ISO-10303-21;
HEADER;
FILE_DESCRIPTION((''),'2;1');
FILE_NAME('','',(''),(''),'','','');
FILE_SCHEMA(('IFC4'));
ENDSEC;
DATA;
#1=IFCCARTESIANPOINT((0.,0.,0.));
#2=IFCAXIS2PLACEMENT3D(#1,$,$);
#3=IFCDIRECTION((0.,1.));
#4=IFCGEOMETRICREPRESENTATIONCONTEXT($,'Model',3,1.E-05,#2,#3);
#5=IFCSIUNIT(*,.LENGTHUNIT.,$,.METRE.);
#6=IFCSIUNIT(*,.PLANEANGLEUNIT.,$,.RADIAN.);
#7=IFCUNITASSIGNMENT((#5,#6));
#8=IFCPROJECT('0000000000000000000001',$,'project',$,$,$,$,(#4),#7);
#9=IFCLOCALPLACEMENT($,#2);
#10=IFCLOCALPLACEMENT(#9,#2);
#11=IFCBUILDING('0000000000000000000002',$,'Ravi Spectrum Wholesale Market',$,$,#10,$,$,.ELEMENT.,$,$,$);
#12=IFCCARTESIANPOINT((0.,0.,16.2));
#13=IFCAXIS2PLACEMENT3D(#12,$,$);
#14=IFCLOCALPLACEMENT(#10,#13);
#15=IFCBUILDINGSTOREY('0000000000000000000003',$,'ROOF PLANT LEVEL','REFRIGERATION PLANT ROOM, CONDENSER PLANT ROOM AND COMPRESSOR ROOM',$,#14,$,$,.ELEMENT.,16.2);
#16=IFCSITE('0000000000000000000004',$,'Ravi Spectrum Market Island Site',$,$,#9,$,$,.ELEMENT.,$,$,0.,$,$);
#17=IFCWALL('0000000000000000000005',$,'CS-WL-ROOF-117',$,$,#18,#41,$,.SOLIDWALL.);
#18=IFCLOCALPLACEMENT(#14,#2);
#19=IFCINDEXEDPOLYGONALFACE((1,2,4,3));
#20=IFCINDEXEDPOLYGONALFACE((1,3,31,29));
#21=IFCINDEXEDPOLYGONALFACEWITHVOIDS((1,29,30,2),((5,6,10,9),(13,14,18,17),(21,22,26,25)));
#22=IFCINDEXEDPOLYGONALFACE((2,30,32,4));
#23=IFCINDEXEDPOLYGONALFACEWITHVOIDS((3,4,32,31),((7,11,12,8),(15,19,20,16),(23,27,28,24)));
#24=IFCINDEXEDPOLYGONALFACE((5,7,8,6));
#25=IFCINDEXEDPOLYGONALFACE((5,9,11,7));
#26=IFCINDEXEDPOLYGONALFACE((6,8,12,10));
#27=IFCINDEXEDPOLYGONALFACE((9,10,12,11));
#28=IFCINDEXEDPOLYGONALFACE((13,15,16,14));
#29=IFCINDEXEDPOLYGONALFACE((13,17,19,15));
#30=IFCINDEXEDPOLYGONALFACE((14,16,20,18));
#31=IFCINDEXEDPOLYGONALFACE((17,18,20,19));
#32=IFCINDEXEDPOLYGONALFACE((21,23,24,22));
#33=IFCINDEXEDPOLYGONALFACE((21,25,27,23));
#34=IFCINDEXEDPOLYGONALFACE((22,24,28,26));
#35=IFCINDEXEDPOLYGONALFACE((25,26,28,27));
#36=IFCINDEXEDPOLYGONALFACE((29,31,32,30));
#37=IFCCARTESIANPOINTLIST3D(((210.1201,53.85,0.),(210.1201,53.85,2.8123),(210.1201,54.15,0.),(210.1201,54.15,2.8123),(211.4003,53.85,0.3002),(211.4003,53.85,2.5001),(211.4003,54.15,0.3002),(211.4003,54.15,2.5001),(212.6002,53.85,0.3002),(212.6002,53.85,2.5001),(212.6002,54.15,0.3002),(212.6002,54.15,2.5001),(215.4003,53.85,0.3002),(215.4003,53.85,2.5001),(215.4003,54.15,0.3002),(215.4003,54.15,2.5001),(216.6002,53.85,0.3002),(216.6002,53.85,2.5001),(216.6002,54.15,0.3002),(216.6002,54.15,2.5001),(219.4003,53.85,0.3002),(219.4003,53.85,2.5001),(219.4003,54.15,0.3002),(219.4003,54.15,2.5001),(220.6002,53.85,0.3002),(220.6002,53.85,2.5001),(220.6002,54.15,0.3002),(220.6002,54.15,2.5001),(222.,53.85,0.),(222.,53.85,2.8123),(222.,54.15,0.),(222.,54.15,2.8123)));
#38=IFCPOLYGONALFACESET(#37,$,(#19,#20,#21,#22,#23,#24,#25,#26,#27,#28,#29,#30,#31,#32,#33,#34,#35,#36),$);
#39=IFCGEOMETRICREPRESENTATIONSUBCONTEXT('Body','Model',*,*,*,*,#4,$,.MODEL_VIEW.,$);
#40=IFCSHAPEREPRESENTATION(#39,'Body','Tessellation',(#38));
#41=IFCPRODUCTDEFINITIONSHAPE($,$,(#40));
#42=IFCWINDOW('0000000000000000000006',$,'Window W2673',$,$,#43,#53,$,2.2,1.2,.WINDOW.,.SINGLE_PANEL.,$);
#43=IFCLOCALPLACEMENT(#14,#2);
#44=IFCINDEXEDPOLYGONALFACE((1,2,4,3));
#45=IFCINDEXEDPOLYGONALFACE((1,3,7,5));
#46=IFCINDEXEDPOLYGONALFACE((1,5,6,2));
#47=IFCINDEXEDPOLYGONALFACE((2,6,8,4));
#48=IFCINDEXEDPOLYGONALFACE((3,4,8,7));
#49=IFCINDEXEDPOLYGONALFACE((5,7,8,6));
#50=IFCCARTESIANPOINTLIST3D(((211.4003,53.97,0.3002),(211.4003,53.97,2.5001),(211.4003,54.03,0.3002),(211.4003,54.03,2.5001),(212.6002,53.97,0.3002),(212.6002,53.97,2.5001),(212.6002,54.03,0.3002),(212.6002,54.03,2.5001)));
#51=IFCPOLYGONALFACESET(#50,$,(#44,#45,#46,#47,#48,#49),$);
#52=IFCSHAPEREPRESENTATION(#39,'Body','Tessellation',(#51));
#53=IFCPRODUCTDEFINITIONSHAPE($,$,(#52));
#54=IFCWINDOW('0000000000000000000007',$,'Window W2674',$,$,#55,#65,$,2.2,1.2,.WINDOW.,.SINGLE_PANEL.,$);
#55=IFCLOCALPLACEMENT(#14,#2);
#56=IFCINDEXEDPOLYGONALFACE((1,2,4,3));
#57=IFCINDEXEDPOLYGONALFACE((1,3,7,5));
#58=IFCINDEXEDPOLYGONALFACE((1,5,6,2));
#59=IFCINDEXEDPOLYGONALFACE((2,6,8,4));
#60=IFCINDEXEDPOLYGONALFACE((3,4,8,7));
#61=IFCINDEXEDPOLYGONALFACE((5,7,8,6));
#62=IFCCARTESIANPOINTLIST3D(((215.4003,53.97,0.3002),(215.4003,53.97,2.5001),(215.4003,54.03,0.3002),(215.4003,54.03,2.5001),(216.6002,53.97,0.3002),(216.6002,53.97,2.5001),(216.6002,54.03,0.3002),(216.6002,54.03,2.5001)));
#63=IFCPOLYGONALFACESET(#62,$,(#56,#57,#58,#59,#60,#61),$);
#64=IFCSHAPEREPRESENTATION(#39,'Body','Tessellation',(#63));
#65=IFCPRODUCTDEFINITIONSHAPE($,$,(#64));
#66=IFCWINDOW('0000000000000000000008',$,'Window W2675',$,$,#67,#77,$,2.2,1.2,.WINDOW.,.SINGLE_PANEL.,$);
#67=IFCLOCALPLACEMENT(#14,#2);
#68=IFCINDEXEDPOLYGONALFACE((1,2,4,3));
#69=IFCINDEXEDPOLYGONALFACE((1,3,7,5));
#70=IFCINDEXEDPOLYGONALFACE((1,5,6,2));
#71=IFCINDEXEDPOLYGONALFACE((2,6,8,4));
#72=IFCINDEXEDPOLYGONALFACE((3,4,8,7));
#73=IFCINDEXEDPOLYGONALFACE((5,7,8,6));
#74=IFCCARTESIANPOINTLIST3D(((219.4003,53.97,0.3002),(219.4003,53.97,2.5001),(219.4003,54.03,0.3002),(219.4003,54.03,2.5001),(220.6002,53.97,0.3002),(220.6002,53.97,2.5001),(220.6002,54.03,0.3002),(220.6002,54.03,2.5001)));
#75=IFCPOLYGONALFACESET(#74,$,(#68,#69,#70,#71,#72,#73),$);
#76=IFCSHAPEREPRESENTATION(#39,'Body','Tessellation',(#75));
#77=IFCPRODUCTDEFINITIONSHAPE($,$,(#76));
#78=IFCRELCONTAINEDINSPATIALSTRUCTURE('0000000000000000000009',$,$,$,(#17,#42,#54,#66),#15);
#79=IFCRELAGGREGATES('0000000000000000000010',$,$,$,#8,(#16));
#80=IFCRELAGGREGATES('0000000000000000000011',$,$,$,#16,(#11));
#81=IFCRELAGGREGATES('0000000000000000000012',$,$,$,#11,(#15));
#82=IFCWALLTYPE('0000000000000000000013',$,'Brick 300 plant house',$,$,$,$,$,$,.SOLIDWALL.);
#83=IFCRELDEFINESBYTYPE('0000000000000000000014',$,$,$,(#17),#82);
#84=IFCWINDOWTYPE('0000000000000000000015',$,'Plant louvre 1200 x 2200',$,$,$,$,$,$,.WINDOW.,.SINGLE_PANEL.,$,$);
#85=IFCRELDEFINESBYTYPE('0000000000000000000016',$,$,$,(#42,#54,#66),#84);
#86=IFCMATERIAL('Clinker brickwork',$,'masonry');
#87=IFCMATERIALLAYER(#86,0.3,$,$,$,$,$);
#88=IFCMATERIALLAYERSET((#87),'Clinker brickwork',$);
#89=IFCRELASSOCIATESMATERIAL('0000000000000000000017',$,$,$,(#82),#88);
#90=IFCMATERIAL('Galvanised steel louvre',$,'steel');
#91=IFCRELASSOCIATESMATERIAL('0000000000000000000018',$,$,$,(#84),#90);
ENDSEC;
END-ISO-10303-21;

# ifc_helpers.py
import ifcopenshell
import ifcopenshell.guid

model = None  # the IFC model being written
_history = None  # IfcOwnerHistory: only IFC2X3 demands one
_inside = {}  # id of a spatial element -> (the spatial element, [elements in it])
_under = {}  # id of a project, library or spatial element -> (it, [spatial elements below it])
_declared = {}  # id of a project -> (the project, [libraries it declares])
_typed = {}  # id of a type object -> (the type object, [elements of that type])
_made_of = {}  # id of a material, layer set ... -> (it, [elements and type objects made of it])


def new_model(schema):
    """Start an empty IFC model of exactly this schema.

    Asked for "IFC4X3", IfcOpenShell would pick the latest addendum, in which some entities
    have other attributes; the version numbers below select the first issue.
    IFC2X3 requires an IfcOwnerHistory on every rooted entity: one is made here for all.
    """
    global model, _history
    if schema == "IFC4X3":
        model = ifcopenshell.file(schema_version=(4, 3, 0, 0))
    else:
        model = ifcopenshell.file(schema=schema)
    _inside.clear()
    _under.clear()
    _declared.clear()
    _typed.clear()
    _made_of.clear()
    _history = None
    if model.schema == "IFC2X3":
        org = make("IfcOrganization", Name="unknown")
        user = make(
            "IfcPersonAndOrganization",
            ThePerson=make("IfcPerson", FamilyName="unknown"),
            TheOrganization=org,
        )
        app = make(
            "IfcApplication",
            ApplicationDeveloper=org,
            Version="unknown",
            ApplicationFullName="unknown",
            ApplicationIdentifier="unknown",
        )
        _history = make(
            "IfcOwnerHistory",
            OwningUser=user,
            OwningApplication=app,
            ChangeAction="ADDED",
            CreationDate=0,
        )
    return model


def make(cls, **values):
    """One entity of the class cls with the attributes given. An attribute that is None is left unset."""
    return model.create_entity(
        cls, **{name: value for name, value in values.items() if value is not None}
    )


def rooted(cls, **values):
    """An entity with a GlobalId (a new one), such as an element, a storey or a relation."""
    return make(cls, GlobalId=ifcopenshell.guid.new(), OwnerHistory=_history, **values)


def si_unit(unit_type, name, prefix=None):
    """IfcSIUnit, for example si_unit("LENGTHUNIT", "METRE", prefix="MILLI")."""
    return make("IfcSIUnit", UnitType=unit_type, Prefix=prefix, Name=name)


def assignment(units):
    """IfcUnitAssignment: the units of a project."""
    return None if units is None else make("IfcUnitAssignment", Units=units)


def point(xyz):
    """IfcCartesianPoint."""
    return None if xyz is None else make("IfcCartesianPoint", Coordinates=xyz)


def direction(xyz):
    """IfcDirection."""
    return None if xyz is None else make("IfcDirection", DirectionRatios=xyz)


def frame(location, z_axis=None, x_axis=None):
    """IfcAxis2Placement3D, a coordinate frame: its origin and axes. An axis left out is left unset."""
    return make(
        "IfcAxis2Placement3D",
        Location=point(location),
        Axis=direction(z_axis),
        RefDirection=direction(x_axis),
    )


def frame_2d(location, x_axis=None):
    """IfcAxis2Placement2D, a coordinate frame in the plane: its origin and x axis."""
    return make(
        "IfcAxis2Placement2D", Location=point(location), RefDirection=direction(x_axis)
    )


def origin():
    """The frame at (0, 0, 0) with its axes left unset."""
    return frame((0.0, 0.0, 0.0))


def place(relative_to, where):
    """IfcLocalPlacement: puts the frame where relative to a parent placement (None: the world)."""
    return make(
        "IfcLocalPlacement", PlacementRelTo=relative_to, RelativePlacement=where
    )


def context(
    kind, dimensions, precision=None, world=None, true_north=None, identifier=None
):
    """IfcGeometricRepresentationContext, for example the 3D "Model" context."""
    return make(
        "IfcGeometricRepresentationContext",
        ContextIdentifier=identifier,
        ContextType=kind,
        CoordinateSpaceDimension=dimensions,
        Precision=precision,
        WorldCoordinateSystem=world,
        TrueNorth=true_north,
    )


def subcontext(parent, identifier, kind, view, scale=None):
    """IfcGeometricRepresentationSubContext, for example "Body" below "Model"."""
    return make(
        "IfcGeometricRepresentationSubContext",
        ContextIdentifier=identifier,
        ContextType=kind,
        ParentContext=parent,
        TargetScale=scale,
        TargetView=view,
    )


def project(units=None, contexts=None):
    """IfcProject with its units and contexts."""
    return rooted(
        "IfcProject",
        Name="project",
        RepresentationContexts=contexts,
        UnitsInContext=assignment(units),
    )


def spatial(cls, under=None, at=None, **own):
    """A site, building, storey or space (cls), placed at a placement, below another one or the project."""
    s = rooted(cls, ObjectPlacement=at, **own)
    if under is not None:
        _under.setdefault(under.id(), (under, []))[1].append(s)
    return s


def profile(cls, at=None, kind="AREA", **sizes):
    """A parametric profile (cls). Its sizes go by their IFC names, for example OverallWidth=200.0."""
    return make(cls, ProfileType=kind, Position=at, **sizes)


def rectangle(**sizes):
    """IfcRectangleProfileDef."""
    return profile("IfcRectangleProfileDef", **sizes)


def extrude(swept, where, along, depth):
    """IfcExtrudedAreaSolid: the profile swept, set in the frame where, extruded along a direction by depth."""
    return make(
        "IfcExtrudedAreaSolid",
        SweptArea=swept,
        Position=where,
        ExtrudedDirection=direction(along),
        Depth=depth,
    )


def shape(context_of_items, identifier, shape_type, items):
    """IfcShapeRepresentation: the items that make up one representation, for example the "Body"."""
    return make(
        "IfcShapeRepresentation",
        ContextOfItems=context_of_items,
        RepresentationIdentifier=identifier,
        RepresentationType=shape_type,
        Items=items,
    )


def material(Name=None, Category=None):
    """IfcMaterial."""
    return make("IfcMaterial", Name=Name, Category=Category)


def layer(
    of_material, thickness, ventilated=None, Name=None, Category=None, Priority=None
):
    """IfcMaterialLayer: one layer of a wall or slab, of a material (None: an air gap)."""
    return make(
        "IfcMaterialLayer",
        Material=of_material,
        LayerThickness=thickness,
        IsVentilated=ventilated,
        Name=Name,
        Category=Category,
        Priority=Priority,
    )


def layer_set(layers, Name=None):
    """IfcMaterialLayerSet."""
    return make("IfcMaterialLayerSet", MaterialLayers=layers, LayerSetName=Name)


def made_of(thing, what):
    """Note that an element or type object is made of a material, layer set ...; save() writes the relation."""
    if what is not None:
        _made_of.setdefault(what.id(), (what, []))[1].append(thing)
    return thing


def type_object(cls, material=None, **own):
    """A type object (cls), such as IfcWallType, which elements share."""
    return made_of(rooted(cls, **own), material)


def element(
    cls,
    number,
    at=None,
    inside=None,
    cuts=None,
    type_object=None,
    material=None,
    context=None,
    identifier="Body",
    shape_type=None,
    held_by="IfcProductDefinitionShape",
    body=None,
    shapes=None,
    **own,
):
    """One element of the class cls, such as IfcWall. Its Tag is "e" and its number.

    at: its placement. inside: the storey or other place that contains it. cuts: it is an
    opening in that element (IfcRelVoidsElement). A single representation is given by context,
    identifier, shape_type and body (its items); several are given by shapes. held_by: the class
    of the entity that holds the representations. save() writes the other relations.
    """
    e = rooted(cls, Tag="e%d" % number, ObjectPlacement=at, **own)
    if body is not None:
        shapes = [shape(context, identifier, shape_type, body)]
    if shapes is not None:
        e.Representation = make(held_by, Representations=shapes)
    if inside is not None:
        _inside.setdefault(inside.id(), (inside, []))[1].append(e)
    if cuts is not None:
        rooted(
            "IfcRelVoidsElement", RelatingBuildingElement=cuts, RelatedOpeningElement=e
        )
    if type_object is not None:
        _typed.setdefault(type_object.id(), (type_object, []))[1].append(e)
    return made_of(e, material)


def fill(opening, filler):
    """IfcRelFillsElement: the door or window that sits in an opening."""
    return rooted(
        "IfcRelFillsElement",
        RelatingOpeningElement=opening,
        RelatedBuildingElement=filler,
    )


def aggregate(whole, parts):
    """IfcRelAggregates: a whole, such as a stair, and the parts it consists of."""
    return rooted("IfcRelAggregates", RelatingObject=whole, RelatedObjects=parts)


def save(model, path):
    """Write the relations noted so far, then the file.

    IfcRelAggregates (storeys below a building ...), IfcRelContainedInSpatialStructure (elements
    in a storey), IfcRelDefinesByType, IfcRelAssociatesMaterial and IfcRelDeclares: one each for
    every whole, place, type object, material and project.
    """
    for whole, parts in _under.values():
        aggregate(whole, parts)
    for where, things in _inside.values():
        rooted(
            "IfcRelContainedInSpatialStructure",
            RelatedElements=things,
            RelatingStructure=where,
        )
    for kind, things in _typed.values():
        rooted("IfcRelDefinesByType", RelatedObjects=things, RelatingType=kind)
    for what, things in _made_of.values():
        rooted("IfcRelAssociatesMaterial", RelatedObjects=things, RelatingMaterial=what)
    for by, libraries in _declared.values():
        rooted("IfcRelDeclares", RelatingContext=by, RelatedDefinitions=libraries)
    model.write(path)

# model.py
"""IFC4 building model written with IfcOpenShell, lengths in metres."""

from ifc_helpers import new_model, si_unit, direction, frame, frame_2d, origin, place, context, subcontext, project, spatial, rectangle, extrude, material, layer, layer_set, type_object, element, fill, save


model = new_model("IFC4")

# Units and contexts
model_context = context("Model", 3, precision=1e-05, world=origin(), true_north=direction((0.0, 1.0)))
body_context = subcontext(model_context, "Body", "Model", "MODEL_VIEW")
ifc_project = project(units=[si_unit("LENGTHUNIT", "METRE"), si_unit("PLANEANGLEUNIT", "RADIAN")], contexts=[model_context])

# Site, building, storey
site_placement = place(None, origin())
site = spatial("IfcSite", under=ifc_project, at=site_placement, Name="Ravi Spectrum Market Island Site", CompositionType="ELEMENT", RefElevation=0.0)
building_placement = place(site_placement, origin())
building = spatial("IfcBuilding", under=site, at=building_placement, Name="Ravi Spectrum Wholesale Market", CompositionType="ELEMENT")
storey_placement = place(building_placement, frame((0.0, 0.0, 16.2)))
storey = spatial("IfcBuildingStorey", under=building, at=storey_placement, Name="ROOF PLANT LEVEL", Description="REFRIGERATION PLANT ROOM, CONDENSER PLANT ROOM AND COMPRESSOR ROOM", CompositionType="ELEMENT", Elevation=16.2)

# Wall, openings, windows
ifc_material_1 = material(Name="Clinker brickwork", Category="masonry")
ifc_layer_1 = layer(ifc_material_1, 0.3)
ifc_layer_set_1 = layer_set([ifc_layer_1], Name="Clinker brickwork")
wall_type = type_object("IfcWallType", Name="Brick 300 plant house", PredefinedType="SOLIDWALL", material=ifc_layer_set_1)
wall_placement = place(storey_placement, frame((210.1201, 54.0, 0.0), z_axis=(0.0, 0.0, 1.0), x_axis=(1.0, 0.0, 0.0)))
wall = element("IfcWall", 1, at=wall_placement, inside=storey, type_object=wall_type, Name="CS-WL-ROOF-117", PredefinedType="SOLIDWALL", context=body_context, shape_type="SweptSolid", body=[
    extrude(rectangle(XDim=11.8799, YDim=0.3, at=frame_2d((5.9399, 0.0))), origin(), (0.0, 0.0, 1.0), 2.8123),
])
opening_1_placement = place(wall_placement, frame((1.28, 0.0, 0.3)))
opening_1 = element("IfcOpeningElement", 2, at=opening_1_placement, cuts=wall, PredefinedType="OPENING", context=body_context, shape_type="SweptSolid", body=[
    extrude(rectangle(XDim=1.2, YDim=2.2, at=frame_2d((0.6001, 1.1001))), frame((0.0, 0.1599, 0.0), z_axis=(0.0, -1.0, 0.0), x_axis=(1.0, 0.0, 0.0)), (0.0, 0.0, 1.0), 0.3201),
])
opening_2_placement = place(wall_placement, frame((5.28, 0.0, 0.3)))
opening_2 = element("IfcOpeningElement", 3, at=opening_2_placement, cuts=wall, PredefinedType="OPENING", context=body_context, shape_type="SweptSolid", body=[
    extrude(rectangle(XDim=1.2, YDim=2.2, at=frame_2d((0.6001, 1.1001))), frame((0.0, 0.1599, 0.0), z_axis=(0.0, -1.0, 0.0), x_axis=(1.0, 0.0, 0.0)), (0.0, 0.0, 1.0), 0.3201),
])
opening_3_placement = place(wall_placement, frame((9.28, 0.0, 0.3)))
opening_3 = element("IfcOpeningElement", 4, at=opening_3_placement, cuts=wall, PredefinedType="OPENING", context=body_context, shape_type="SweptSolid", body=[
    extrude(rectangle(XDim=1.2, YDim=2.2, at=frame_2d((0.6001, 1.1001))), frame((0.0, 0.1599, 0.0), z_axis=(0.0, -1.0, 0.0), x_axis=(1.0, 0.0, 0.0)), (0.0, 0.0, 1.0), 0.3201),
])
ifc_material_2 = material(Name="Galvanised steel louvre", Category="steel")
window_type = type_object("IfcWindowType", Name="Plant louvre 1200 x 2200", PartitioningType="SINGLE_PANEL", PredefinedType="WINDOW", material=ifc_material_2)
window_1_placement = place(opening_1_placement, origin())
window_1 = element("IfcWindow", 5, at=window_1_placement, inside=storey, type_object=window_type, Name="Window W2673", OverallHeight=2.2, OverallWidth=1.2, PartitioningType="SINGLE_PANEL", PredefinedType="WINDOW", context=body_context, shape_type="SweptSolid", body=[
    extrude(rectangle(XDim=1.2, YDim=2.2, at=frame_2d((0.6001, 1.1001))), frame((0.0, 0.03, 0.0), z_axis=(0.0, -1.0, 0.0), x_axis=(1.0, 0.0, 0.0)), (0.0, 0.0, 1.0), 0.0601),
])
fill(opening_1, window_1)
window_2_placement = place(opening_2_placement, origin())
window_2 = element("IfcWindow", 6, at=window_2_placement, inside=storey, type_object=window_type, Name="Window W2674", OverallHeight=2.2, OverallWidth=1.2, PartitioningType="SINGLE_PANEL", PredefinedType="WINDOW", context=body_context, shape_type="SweptSolid", body=[
    extrude(rectangle(XDim=1.2, YDim=2.2, at=frame_2d((0.6001, 1.1001))), frame((0.0, 0.03, 0.0), z_axis=(0.0, -1.0, 0.0), x_axis=(1.0, 0.0, 0.0)), (0.0, 0.0, 1.0), 0.0601),
])
fill(opening_2, window_2)
window_3_placement = place(opening_3_placement, origin())
window_3 = element("IfcWindow", 7, at=window_3_placement, inside=storey, type_object=window_type, Name="Window W2675", OverallHeight=2.2, OverallWidth=1.2, PartitioningType="SINGLE_PANEL", PredefinedType="WINDOW", context=body_context, shape_type="SweptSolid", body=[
    extrude(rectangle(XDim=1.2, YDim=2.2, at=frame_2d((0.6001, 1.1001))), frame((0.0, 0.03, 0.0), z_axis=(0.0, -1.0, 0.0), x_axis=(1.0, 0.0, 0.0)), (0.0, 0.0, 1.0), 0.0601),
])
fill(opening_3, window_3)

save(model, "model.ifc")
